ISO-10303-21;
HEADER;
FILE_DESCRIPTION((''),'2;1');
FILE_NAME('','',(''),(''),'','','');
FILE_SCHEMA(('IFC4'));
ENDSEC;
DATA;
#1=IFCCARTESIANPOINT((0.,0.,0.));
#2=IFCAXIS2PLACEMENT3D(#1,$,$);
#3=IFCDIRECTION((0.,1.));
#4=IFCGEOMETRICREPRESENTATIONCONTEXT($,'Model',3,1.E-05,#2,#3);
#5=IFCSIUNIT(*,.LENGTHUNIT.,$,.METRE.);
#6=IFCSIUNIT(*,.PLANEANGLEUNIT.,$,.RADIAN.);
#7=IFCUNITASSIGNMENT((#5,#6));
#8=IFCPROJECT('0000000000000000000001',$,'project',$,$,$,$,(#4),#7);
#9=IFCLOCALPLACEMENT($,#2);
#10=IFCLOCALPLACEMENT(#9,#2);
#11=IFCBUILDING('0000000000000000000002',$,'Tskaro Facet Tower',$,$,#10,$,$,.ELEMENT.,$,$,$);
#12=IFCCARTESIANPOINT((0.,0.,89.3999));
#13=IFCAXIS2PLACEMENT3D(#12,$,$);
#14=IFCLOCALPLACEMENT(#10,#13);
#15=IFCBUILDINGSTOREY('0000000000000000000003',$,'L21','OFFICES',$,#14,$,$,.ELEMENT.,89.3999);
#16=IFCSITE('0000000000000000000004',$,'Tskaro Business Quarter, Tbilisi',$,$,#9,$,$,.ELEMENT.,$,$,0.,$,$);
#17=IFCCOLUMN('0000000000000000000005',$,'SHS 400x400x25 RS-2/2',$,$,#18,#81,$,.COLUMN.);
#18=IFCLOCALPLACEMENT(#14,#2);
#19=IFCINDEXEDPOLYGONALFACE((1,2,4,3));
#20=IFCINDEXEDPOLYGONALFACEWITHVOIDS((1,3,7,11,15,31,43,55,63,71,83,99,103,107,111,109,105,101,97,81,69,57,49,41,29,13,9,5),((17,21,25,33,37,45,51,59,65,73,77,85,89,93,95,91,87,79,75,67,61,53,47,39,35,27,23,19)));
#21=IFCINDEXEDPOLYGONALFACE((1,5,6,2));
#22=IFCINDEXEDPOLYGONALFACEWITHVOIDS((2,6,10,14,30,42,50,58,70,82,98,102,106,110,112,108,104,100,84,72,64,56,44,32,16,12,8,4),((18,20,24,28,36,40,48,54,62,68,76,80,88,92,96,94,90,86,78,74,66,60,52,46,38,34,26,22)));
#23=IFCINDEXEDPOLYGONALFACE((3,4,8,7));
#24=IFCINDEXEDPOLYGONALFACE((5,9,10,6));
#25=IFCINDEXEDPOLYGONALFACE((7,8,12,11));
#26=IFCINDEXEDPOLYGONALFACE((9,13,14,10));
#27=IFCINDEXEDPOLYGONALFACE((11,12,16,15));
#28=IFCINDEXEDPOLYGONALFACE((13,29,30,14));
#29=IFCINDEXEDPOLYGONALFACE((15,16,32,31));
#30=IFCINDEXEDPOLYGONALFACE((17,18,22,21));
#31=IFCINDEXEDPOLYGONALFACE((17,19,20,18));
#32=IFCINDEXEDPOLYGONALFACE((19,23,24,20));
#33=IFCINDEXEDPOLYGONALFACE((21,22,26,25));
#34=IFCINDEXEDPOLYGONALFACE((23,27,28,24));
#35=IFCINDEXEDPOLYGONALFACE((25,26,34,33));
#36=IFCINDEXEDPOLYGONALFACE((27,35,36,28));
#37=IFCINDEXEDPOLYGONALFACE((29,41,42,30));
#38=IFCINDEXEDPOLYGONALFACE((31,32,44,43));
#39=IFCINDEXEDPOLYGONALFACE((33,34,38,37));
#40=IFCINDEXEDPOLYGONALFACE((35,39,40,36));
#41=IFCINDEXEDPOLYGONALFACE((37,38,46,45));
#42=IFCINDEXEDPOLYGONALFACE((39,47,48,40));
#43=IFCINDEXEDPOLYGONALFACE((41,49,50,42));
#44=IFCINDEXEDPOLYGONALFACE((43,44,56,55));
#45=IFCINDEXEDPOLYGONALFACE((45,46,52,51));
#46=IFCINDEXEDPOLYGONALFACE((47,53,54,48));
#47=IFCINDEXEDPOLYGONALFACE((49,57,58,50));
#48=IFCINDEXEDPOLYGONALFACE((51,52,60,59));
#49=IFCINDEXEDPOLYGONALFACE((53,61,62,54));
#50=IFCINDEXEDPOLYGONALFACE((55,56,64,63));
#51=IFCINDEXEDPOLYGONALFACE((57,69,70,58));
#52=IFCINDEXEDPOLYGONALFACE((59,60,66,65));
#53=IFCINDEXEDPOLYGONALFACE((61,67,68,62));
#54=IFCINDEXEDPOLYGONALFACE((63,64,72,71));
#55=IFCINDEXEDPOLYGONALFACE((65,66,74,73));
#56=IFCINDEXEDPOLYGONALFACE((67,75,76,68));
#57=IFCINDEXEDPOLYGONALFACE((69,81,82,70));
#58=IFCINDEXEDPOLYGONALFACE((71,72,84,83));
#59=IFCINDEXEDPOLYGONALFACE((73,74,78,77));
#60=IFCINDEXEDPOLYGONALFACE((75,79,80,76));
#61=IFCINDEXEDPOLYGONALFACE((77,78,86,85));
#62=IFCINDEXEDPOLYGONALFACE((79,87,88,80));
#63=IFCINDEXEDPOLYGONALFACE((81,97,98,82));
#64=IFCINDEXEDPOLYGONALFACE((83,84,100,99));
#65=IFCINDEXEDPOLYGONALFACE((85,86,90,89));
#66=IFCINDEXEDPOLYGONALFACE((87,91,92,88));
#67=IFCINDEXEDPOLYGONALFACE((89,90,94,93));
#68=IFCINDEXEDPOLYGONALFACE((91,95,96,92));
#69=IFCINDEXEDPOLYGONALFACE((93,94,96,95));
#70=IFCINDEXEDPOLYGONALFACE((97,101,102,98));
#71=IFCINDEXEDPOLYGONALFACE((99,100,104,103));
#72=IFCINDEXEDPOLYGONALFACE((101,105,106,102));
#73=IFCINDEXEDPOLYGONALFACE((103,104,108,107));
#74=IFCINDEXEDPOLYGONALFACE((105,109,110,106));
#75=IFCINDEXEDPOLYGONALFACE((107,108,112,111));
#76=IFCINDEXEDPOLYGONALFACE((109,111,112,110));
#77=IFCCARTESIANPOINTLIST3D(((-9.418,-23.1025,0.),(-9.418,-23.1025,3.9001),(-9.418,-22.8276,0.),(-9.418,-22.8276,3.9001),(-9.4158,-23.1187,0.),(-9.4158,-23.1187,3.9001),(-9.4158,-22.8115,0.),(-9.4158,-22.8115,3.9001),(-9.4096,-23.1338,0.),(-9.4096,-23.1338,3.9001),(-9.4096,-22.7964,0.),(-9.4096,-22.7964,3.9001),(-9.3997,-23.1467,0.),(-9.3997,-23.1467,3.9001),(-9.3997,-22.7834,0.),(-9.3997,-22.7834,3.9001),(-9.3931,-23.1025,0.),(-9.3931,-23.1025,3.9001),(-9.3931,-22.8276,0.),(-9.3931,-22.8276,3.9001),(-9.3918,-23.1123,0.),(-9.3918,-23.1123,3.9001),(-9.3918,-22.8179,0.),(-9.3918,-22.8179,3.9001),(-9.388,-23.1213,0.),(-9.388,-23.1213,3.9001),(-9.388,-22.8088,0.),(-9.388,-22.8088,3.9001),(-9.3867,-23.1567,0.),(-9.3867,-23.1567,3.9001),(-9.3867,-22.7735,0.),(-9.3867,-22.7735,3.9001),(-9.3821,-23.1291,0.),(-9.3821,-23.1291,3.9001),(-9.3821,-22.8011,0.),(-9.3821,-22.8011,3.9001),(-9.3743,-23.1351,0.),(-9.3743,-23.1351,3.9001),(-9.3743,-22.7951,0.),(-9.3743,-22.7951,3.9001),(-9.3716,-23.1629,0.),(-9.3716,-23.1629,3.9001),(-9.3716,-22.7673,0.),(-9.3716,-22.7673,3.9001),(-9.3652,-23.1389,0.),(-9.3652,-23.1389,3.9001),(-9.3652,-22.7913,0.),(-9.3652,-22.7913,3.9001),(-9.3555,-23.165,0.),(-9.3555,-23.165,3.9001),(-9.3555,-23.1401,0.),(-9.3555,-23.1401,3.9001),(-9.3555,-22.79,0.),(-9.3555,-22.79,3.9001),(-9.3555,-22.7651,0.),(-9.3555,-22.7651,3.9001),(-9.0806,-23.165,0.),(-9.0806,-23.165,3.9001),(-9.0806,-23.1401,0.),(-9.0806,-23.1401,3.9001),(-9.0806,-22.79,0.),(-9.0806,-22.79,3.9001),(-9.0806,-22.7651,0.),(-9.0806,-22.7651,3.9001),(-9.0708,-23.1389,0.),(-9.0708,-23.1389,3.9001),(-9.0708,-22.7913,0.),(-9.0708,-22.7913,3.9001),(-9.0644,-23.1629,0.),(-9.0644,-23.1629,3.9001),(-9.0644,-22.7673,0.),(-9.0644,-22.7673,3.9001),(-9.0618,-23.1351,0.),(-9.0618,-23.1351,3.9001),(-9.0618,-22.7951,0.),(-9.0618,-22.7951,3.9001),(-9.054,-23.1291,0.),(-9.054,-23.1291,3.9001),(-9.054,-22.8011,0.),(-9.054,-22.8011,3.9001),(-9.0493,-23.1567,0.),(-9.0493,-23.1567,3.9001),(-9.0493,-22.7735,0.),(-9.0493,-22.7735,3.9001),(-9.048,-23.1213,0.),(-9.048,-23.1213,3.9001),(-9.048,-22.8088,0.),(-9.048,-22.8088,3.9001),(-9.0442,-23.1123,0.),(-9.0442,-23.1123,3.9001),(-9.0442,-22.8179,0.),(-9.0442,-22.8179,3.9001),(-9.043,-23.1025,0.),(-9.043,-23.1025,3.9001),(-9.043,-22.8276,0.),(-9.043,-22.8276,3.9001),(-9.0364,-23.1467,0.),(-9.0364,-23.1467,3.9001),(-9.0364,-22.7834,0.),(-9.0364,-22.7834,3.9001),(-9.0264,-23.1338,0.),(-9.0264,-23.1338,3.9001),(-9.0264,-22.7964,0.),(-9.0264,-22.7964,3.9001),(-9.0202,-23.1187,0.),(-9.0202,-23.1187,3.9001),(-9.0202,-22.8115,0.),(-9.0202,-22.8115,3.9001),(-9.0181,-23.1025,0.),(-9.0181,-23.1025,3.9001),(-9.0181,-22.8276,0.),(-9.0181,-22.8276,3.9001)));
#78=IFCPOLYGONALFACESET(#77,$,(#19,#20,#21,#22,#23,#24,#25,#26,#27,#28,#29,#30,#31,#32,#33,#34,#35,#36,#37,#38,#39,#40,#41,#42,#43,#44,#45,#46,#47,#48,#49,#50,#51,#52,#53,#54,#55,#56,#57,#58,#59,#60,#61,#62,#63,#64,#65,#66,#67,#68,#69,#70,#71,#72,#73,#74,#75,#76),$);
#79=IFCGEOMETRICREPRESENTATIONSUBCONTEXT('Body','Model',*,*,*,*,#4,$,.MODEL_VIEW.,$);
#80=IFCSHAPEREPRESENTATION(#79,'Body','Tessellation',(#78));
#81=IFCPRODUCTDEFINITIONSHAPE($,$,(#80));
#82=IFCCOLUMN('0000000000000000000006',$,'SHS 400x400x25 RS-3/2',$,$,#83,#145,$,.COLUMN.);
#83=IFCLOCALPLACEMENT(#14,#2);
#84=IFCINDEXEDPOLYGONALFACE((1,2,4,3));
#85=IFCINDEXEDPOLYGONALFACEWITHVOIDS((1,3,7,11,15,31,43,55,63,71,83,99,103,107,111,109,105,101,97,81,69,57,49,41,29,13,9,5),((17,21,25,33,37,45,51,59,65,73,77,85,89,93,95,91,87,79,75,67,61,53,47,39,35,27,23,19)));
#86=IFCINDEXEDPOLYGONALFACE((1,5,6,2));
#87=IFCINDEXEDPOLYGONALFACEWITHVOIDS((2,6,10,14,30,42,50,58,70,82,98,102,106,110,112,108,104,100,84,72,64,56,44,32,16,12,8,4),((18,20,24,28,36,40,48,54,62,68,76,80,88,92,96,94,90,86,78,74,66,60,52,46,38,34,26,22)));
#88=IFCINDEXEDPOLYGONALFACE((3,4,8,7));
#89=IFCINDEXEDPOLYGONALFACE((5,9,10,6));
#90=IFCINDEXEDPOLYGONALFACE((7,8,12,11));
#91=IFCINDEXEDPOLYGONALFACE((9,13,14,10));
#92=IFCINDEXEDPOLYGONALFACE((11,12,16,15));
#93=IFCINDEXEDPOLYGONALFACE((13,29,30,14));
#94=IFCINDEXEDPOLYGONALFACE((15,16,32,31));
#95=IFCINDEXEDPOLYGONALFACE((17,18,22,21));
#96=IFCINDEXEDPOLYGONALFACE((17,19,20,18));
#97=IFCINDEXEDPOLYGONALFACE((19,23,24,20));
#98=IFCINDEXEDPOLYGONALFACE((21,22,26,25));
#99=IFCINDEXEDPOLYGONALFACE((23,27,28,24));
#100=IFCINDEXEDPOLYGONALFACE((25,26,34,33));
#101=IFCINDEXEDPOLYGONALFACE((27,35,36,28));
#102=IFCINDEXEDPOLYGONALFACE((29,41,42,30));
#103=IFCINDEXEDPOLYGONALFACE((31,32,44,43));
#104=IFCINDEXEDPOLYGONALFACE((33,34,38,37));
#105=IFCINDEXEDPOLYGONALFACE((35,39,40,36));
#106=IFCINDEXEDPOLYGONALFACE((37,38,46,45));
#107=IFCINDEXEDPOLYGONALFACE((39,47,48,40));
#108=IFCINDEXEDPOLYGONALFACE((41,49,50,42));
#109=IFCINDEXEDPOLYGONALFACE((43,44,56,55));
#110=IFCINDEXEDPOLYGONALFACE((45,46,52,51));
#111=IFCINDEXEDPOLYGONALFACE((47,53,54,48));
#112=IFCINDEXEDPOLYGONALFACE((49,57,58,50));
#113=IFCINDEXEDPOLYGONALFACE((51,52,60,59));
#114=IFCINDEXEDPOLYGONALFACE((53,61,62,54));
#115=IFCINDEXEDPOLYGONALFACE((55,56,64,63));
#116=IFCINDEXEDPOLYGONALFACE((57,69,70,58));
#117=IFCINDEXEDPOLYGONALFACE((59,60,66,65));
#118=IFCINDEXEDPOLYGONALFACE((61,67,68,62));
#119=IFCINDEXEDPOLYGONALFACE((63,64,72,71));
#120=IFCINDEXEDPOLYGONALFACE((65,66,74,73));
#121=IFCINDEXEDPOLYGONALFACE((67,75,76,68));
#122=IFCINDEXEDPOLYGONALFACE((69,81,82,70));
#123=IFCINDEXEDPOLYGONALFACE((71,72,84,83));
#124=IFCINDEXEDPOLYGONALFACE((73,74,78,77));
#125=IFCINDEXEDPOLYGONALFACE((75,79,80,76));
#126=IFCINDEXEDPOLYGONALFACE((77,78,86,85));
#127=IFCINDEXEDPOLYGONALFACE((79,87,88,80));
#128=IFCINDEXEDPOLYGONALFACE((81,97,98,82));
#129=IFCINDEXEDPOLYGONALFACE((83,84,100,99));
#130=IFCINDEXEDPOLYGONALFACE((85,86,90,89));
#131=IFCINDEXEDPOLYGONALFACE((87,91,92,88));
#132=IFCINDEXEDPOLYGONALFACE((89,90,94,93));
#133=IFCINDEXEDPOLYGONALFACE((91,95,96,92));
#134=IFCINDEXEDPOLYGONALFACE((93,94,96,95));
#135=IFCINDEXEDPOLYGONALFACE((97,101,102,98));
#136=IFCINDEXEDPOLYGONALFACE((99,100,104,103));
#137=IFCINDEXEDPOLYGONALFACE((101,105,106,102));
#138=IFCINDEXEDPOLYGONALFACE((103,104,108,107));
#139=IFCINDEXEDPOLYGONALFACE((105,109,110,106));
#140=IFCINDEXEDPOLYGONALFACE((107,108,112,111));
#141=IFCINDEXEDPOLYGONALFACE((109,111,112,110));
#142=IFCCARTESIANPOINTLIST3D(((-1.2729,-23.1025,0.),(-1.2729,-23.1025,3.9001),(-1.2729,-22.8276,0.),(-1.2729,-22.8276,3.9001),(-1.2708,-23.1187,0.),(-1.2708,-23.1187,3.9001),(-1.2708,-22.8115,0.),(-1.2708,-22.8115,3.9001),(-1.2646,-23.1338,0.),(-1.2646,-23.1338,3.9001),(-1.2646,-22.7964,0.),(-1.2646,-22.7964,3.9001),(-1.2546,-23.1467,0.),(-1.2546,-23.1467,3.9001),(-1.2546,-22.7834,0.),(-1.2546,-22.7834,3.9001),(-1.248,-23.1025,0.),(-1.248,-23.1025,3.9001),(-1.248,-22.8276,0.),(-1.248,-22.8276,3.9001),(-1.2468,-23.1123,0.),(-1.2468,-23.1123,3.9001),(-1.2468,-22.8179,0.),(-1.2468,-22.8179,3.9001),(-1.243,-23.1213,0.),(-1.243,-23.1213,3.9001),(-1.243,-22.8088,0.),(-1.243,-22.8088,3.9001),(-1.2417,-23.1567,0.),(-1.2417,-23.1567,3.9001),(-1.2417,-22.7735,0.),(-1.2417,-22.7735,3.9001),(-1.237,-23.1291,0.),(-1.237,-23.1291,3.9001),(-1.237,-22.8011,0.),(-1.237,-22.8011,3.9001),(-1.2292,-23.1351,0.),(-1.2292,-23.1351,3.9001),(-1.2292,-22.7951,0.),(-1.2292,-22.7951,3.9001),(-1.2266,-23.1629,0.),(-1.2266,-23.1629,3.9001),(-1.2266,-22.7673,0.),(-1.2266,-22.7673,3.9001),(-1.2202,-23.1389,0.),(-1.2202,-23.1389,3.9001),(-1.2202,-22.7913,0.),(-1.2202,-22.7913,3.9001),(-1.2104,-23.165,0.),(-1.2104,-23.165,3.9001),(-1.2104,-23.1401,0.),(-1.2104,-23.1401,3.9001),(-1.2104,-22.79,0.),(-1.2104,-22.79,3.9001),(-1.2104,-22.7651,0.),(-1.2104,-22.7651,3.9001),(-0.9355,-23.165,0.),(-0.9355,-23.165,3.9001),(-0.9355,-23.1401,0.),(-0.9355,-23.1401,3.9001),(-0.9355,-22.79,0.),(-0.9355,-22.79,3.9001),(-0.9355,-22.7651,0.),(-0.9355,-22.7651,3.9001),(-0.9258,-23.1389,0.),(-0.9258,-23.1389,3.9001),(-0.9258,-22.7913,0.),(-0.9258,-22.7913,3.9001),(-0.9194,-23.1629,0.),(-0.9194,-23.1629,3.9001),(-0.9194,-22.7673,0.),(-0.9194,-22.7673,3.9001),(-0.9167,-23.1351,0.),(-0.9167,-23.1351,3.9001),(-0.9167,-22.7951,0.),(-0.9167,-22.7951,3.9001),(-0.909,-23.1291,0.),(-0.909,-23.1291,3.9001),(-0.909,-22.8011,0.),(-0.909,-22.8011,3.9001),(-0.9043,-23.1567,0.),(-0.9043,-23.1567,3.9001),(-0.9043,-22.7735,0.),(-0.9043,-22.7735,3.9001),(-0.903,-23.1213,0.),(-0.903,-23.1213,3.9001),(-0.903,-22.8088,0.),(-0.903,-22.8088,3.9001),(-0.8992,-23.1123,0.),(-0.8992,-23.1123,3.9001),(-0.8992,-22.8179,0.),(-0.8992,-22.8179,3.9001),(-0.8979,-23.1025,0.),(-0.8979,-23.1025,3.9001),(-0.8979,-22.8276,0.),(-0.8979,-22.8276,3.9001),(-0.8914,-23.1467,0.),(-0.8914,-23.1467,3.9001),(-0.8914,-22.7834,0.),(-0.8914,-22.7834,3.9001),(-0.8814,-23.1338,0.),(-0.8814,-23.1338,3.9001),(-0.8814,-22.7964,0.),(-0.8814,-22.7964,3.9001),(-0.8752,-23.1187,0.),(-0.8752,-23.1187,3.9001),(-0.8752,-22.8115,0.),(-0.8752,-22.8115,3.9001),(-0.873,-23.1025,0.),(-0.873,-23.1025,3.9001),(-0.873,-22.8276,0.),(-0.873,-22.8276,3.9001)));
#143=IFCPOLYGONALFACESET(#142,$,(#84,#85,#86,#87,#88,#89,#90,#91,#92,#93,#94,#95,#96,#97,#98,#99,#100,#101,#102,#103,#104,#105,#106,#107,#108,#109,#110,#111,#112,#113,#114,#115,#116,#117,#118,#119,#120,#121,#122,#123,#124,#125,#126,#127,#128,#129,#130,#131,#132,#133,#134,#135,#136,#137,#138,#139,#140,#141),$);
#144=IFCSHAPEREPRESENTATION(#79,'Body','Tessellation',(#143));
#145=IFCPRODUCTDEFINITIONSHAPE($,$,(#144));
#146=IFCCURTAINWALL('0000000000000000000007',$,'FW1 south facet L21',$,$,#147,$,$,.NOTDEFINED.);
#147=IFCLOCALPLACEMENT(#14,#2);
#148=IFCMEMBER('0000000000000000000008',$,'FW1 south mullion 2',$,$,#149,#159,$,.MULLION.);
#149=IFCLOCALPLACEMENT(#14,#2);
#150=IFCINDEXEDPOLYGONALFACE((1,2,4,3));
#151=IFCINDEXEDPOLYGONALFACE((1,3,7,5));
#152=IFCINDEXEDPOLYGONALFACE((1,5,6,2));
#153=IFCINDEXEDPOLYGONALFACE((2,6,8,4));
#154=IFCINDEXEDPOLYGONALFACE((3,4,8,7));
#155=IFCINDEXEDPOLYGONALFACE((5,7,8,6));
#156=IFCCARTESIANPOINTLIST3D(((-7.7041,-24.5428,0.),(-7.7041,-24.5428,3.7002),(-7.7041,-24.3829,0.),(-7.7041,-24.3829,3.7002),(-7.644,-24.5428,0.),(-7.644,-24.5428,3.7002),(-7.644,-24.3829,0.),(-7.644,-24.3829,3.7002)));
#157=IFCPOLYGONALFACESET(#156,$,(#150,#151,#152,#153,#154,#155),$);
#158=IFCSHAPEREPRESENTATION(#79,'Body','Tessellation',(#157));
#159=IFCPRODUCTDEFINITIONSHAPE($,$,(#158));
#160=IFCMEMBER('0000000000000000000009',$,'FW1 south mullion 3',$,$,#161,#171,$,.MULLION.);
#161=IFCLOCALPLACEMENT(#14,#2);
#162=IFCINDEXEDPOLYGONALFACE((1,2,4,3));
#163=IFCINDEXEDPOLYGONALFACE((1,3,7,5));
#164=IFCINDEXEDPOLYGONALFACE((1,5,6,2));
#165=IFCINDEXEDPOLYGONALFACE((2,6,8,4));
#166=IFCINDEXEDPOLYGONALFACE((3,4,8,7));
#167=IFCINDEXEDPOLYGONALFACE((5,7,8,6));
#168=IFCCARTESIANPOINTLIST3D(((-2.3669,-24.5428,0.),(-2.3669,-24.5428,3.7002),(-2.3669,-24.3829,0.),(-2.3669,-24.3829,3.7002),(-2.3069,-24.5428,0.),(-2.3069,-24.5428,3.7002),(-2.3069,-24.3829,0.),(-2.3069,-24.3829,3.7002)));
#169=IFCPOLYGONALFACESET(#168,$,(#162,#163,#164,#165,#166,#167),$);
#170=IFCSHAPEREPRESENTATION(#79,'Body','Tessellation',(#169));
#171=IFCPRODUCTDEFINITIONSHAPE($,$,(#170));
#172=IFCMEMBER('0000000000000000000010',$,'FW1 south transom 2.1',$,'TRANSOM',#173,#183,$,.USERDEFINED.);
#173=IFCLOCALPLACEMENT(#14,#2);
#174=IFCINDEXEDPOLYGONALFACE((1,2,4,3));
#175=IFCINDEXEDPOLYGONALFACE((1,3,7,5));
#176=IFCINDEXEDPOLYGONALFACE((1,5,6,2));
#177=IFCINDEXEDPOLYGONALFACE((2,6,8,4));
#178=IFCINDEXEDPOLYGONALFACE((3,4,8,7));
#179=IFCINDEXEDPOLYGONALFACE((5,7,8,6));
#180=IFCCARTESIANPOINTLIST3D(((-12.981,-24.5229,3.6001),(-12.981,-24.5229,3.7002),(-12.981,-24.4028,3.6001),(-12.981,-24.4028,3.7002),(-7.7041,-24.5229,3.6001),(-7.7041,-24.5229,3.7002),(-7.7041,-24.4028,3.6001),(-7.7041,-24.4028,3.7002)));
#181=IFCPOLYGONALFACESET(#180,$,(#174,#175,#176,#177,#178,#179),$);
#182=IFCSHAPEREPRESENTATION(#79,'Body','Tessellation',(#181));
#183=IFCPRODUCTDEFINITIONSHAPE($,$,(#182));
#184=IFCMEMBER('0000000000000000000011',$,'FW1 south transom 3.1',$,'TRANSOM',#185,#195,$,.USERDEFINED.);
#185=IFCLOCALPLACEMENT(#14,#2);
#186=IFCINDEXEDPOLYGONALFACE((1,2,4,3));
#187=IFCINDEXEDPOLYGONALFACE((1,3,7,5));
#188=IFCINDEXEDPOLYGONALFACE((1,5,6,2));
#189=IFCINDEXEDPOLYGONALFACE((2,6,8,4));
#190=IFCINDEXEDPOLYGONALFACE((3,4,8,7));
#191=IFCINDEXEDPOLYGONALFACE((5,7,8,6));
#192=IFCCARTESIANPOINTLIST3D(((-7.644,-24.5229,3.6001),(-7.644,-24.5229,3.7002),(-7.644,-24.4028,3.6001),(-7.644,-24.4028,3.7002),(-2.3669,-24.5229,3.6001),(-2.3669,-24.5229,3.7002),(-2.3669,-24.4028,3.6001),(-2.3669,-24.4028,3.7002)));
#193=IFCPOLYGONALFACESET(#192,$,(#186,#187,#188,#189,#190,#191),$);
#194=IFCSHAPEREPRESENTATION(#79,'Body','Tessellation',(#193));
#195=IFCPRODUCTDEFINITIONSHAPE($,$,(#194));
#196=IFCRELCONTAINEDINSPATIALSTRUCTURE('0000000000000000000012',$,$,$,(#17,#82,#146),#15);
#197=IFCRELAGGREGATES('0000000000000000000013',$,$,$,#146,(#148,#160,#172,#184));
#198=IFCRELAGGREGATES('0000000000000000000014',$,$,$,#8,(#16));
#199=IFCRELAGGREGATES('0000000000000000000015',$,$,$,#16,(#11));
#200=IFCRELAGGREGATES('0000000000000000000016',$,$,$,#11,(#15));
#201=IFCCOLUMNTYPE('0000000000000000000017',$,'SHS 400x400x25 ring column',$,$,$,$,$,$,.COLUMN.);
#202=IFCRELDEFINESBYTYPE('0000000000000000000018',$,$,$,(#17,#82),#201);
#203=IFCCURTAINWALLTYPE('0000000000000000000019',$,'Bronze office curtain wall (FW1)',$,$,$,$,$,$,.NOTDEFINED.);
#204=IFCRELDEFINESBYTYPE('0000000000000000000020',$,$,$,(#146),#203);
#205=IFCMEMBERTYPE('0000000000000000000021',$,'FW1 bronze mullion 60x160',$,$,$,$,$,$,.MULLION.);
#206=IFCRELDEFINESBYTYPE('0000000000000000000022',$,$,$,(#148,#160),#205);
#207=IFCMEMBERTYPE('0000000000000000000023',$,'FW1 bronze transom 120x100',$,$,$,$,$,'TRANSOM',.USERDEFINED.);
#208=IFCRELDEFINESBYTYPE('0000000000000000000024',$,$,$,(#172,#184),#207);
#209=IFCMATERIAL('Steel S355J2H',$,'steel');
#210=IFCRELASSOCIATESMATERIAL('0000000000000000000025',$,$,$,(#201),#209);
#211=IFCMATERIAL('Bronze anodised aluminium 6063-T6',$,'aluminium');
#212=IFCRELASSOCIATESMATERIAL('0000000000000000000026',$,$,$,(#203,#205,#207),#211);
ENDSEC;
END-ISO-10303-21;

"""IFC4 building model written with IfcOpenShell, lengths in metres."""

from ifc_helpers import new_model, si_unit, direction, frame, origin, origin_2d, place, context, subcontext, project, spatial, rectangle, hollow_rectangle, extrude, material, material_profile, profile_set, type_object, element, aggregate, save


model = new_model("IFC4")

# Units and contexts
model_context = context("Model", 3, precision=1e-05, world=origin(), true_north=direction((0.0, 1.0)))
body_context = subcontext(model_context, "Body", "Model", "MODEL_VIEW")
ifc_project = project(units=[si_unit("LENGTHUNIT", "METRE"), si_unit("PLANEANGLEUNIT", "RADIAN")], contexts=[model_context])

# Site, building, storey
site_placement = place(None, origin())
site = spatial("IfcSite", under=ifc_project, at=site_placement, Name="Tskaro Business Quarter, Tbilisi", CompositionType="ELEMENT", RefElevation=0.0)
building_placement = place(site_placement, origin())
building = spatial("IfcBuilding", under=site, at=building_placement, Name="Tskaro Facet Tower", CompositionType="ELEMENT")
storey_placement = place(building_placement, frame((0.0, 0.0, 89.3999)))
storey = spatial("IfcBuildingStorey", under=building, at=storey_placement, Name="L21", Description="OFFICES", CompositionType="ELEMENT", Elevation=89.3999)

# Columns
ifc_material_1 = material(Name="Steel S355J2H", Category="steel")
ifc_material_profile_1 = material_profile(ifc_material_1, hollow_rectangle(XDim=0.3999, YDim=0.3999, WallThickness=0.0249, InnerFilletRadius=0.0376, OuterFilletRadius=0.0625, at=origin_2d()), Name="SHS 400x400x25")
ifc_profile_set_1 = profile_set([ifc_material_profile_1], Name="Steel S355J2H")
column_type_1 = type_object("IfcColumnType", Name="SHS 400x400x25 ring column", PredefinedType="COLUMN", material=ifc_profile_set_1)
for number, where, z_axis, x_axis, name in (
    (1, (-9.218, -22.9651, 0.0), (0.0, 0.0, 1.0), (1.0, 0.0, 0.0), "SHS 400x400x25 RS-2/2"),
    (2, (-1.073, -22.9651, 0.0), (0.0, 0.0, 1.0), (1.0, 0.0, 0.0), "SHS 400x400x25 RS-3/2"),
):
    element("IfcColumn", number, at=place(storey_placement, frame(where, z_axis=z_axis, x_axis=x_axis)), inside=storey, type_object=column_type_1, Name=name, PredefinedType="COLUMN", context=body_context, shape_type="SweptSolid", body=[
        extrude(hollow_rectangle(XDim=0.3999, YDim=0.3999, WallThickness=0.0249, InnerFilletRadius=0.0376, OuterFilletRadius=0.0625, at=origin_2d()), origin(), (0.0, 0.0, 1.0), 3.9001),
    ])

# Curtain wall, members
ifc_material_2 = material(Name="Bronze anodised aluminium 6063-T6", Category="aluminium")
curtain_wall_type = type_object("IfcCurtainWallType", Name="Bronze office curtain wall (FW1)", PredefinedType="NOTDEFINED", material=ifc_material_2)
curtain_wall_placement = place(storey_placement, origin())
curtain_wall = element("IfcCurtainWall", 3, at=curtain_wall_placement, inside=storey, type_object=curtain_wall_type, Name="FW1 south facet L21", PredefinedType="NOTDEFINED")
ifc_material_profile_2 = material_profile(ifc_material_2, rectangle(XDim=0.0601, YDim=0.1599, at=origin_2d()), Name="Mullion 60x160")
ifc_profile_set_2 = profile_set([ifc_material_profile_2], Name="Bronze anodised aluminium 6063-T6")
member_type_1 = type_object("IfcMemberType", Name="FW1 bronze mullion 60x160", PredefinedType="MULLION", material=ifc_profile_set_2)
member_1_placement = place(storey_placement, frame((-7.6741, -24.4629, 0.0), z_axis=(0.0, 0.0, 1.0), x_axis=(1.0, 0.0, 0.0)))
member_1 = element("IfcMember", 4, at=member_1_placement, type_object=member_type_1, Name="FW1 south mullion 2", PredefinedType="MULLION", context=body_context, shape_type="SweptSolid", body=[
    extrude(rectangle(XDim=0.0601, YDim=0.1599, at=origin_2d()), origin(), (0.0, 0.0, 1.0), 3.7002),
])
member_2_placement = place(storey_placement, frame((-2.3369, -24.4629, 0.0), z_axis=(0.0, 0.0, 1.0), x_axis=(1.0, 0.0, 0.0)))
member_2 = element("IfcMember", 5, at=member_2_placement, type_object=member_type_1, Name="FW1 south mullion 3", PredefinedType="MULLION", context=body_context, shape_type="SweptSolid", body=[
    extrude(rectangle(XDim=0.0601, YDim=0.1599, at=origin_2d()), origin(), (0.0, 0.0, 1.0), 3.7002),
])
ifc_material_profile_3 = material_profile(ifc_material_2, rectangle(XDim=0.1201, YDim=0.1001, at=origin_2d()), Name="Transom 120x100")
ifc_profile_set_3 = profile_set([ifc_material_profile_3], Name="Bronze anodised aluminium 6063-T6")
member_type_2 = type_object("IfcMemberType", Name="FW1 bronze transom 120x100", ElementType="TRANSOM", PredefinedType="USERDEFINED", material=ifc_profile_set_3)
member_3_placement = place(storey_placement, frame((-12.981, -24.4629, 3.6501), z_axis=(1.0, 0.0, 0.0), x_axis=(0.0, 1.0, 0.0)))
member_3 = element("IfcMember", 6, at=member_3_placement, type_object=member_type_2, Name="FW1 south transom 2.1", ObjectType="TRANSOM", PredefinedType="USERDEFINED", context=body_context, shape_type="SweptSolid", body=[
    extrude(rectangle(XDim=0.1201, YDim=0.1001, at=origin_2d()), origin(), (0.0, 0.0, 1.0), 5.2769),
])
member_4_placement = place(storey_placement, frame((-7.644, -24.4629, 3.6501), z_axis=(1.0, 0.0, 0.0), x_axis=(0.0, 1.0, 0.0)))
member_4 = element("IfcMember", 7, at=member_4_placement, type_object=member_type_2, Name="FW1 south transom 3.1", ObjectType="TRANSOM", PredefinedType="USERDEFINED", context=body_context, shape_type="SweptSolid", body=[
    extrude(rectangle(XDim=0.1201, YDim=0.1001, at=origin_2d()), origin(), (0.0, 0.0, 1.0), 5.2771),
])

aggregate(curtain_wall, [member_1, member_2, member_3, member_4])

save(model, "model.ifc")
